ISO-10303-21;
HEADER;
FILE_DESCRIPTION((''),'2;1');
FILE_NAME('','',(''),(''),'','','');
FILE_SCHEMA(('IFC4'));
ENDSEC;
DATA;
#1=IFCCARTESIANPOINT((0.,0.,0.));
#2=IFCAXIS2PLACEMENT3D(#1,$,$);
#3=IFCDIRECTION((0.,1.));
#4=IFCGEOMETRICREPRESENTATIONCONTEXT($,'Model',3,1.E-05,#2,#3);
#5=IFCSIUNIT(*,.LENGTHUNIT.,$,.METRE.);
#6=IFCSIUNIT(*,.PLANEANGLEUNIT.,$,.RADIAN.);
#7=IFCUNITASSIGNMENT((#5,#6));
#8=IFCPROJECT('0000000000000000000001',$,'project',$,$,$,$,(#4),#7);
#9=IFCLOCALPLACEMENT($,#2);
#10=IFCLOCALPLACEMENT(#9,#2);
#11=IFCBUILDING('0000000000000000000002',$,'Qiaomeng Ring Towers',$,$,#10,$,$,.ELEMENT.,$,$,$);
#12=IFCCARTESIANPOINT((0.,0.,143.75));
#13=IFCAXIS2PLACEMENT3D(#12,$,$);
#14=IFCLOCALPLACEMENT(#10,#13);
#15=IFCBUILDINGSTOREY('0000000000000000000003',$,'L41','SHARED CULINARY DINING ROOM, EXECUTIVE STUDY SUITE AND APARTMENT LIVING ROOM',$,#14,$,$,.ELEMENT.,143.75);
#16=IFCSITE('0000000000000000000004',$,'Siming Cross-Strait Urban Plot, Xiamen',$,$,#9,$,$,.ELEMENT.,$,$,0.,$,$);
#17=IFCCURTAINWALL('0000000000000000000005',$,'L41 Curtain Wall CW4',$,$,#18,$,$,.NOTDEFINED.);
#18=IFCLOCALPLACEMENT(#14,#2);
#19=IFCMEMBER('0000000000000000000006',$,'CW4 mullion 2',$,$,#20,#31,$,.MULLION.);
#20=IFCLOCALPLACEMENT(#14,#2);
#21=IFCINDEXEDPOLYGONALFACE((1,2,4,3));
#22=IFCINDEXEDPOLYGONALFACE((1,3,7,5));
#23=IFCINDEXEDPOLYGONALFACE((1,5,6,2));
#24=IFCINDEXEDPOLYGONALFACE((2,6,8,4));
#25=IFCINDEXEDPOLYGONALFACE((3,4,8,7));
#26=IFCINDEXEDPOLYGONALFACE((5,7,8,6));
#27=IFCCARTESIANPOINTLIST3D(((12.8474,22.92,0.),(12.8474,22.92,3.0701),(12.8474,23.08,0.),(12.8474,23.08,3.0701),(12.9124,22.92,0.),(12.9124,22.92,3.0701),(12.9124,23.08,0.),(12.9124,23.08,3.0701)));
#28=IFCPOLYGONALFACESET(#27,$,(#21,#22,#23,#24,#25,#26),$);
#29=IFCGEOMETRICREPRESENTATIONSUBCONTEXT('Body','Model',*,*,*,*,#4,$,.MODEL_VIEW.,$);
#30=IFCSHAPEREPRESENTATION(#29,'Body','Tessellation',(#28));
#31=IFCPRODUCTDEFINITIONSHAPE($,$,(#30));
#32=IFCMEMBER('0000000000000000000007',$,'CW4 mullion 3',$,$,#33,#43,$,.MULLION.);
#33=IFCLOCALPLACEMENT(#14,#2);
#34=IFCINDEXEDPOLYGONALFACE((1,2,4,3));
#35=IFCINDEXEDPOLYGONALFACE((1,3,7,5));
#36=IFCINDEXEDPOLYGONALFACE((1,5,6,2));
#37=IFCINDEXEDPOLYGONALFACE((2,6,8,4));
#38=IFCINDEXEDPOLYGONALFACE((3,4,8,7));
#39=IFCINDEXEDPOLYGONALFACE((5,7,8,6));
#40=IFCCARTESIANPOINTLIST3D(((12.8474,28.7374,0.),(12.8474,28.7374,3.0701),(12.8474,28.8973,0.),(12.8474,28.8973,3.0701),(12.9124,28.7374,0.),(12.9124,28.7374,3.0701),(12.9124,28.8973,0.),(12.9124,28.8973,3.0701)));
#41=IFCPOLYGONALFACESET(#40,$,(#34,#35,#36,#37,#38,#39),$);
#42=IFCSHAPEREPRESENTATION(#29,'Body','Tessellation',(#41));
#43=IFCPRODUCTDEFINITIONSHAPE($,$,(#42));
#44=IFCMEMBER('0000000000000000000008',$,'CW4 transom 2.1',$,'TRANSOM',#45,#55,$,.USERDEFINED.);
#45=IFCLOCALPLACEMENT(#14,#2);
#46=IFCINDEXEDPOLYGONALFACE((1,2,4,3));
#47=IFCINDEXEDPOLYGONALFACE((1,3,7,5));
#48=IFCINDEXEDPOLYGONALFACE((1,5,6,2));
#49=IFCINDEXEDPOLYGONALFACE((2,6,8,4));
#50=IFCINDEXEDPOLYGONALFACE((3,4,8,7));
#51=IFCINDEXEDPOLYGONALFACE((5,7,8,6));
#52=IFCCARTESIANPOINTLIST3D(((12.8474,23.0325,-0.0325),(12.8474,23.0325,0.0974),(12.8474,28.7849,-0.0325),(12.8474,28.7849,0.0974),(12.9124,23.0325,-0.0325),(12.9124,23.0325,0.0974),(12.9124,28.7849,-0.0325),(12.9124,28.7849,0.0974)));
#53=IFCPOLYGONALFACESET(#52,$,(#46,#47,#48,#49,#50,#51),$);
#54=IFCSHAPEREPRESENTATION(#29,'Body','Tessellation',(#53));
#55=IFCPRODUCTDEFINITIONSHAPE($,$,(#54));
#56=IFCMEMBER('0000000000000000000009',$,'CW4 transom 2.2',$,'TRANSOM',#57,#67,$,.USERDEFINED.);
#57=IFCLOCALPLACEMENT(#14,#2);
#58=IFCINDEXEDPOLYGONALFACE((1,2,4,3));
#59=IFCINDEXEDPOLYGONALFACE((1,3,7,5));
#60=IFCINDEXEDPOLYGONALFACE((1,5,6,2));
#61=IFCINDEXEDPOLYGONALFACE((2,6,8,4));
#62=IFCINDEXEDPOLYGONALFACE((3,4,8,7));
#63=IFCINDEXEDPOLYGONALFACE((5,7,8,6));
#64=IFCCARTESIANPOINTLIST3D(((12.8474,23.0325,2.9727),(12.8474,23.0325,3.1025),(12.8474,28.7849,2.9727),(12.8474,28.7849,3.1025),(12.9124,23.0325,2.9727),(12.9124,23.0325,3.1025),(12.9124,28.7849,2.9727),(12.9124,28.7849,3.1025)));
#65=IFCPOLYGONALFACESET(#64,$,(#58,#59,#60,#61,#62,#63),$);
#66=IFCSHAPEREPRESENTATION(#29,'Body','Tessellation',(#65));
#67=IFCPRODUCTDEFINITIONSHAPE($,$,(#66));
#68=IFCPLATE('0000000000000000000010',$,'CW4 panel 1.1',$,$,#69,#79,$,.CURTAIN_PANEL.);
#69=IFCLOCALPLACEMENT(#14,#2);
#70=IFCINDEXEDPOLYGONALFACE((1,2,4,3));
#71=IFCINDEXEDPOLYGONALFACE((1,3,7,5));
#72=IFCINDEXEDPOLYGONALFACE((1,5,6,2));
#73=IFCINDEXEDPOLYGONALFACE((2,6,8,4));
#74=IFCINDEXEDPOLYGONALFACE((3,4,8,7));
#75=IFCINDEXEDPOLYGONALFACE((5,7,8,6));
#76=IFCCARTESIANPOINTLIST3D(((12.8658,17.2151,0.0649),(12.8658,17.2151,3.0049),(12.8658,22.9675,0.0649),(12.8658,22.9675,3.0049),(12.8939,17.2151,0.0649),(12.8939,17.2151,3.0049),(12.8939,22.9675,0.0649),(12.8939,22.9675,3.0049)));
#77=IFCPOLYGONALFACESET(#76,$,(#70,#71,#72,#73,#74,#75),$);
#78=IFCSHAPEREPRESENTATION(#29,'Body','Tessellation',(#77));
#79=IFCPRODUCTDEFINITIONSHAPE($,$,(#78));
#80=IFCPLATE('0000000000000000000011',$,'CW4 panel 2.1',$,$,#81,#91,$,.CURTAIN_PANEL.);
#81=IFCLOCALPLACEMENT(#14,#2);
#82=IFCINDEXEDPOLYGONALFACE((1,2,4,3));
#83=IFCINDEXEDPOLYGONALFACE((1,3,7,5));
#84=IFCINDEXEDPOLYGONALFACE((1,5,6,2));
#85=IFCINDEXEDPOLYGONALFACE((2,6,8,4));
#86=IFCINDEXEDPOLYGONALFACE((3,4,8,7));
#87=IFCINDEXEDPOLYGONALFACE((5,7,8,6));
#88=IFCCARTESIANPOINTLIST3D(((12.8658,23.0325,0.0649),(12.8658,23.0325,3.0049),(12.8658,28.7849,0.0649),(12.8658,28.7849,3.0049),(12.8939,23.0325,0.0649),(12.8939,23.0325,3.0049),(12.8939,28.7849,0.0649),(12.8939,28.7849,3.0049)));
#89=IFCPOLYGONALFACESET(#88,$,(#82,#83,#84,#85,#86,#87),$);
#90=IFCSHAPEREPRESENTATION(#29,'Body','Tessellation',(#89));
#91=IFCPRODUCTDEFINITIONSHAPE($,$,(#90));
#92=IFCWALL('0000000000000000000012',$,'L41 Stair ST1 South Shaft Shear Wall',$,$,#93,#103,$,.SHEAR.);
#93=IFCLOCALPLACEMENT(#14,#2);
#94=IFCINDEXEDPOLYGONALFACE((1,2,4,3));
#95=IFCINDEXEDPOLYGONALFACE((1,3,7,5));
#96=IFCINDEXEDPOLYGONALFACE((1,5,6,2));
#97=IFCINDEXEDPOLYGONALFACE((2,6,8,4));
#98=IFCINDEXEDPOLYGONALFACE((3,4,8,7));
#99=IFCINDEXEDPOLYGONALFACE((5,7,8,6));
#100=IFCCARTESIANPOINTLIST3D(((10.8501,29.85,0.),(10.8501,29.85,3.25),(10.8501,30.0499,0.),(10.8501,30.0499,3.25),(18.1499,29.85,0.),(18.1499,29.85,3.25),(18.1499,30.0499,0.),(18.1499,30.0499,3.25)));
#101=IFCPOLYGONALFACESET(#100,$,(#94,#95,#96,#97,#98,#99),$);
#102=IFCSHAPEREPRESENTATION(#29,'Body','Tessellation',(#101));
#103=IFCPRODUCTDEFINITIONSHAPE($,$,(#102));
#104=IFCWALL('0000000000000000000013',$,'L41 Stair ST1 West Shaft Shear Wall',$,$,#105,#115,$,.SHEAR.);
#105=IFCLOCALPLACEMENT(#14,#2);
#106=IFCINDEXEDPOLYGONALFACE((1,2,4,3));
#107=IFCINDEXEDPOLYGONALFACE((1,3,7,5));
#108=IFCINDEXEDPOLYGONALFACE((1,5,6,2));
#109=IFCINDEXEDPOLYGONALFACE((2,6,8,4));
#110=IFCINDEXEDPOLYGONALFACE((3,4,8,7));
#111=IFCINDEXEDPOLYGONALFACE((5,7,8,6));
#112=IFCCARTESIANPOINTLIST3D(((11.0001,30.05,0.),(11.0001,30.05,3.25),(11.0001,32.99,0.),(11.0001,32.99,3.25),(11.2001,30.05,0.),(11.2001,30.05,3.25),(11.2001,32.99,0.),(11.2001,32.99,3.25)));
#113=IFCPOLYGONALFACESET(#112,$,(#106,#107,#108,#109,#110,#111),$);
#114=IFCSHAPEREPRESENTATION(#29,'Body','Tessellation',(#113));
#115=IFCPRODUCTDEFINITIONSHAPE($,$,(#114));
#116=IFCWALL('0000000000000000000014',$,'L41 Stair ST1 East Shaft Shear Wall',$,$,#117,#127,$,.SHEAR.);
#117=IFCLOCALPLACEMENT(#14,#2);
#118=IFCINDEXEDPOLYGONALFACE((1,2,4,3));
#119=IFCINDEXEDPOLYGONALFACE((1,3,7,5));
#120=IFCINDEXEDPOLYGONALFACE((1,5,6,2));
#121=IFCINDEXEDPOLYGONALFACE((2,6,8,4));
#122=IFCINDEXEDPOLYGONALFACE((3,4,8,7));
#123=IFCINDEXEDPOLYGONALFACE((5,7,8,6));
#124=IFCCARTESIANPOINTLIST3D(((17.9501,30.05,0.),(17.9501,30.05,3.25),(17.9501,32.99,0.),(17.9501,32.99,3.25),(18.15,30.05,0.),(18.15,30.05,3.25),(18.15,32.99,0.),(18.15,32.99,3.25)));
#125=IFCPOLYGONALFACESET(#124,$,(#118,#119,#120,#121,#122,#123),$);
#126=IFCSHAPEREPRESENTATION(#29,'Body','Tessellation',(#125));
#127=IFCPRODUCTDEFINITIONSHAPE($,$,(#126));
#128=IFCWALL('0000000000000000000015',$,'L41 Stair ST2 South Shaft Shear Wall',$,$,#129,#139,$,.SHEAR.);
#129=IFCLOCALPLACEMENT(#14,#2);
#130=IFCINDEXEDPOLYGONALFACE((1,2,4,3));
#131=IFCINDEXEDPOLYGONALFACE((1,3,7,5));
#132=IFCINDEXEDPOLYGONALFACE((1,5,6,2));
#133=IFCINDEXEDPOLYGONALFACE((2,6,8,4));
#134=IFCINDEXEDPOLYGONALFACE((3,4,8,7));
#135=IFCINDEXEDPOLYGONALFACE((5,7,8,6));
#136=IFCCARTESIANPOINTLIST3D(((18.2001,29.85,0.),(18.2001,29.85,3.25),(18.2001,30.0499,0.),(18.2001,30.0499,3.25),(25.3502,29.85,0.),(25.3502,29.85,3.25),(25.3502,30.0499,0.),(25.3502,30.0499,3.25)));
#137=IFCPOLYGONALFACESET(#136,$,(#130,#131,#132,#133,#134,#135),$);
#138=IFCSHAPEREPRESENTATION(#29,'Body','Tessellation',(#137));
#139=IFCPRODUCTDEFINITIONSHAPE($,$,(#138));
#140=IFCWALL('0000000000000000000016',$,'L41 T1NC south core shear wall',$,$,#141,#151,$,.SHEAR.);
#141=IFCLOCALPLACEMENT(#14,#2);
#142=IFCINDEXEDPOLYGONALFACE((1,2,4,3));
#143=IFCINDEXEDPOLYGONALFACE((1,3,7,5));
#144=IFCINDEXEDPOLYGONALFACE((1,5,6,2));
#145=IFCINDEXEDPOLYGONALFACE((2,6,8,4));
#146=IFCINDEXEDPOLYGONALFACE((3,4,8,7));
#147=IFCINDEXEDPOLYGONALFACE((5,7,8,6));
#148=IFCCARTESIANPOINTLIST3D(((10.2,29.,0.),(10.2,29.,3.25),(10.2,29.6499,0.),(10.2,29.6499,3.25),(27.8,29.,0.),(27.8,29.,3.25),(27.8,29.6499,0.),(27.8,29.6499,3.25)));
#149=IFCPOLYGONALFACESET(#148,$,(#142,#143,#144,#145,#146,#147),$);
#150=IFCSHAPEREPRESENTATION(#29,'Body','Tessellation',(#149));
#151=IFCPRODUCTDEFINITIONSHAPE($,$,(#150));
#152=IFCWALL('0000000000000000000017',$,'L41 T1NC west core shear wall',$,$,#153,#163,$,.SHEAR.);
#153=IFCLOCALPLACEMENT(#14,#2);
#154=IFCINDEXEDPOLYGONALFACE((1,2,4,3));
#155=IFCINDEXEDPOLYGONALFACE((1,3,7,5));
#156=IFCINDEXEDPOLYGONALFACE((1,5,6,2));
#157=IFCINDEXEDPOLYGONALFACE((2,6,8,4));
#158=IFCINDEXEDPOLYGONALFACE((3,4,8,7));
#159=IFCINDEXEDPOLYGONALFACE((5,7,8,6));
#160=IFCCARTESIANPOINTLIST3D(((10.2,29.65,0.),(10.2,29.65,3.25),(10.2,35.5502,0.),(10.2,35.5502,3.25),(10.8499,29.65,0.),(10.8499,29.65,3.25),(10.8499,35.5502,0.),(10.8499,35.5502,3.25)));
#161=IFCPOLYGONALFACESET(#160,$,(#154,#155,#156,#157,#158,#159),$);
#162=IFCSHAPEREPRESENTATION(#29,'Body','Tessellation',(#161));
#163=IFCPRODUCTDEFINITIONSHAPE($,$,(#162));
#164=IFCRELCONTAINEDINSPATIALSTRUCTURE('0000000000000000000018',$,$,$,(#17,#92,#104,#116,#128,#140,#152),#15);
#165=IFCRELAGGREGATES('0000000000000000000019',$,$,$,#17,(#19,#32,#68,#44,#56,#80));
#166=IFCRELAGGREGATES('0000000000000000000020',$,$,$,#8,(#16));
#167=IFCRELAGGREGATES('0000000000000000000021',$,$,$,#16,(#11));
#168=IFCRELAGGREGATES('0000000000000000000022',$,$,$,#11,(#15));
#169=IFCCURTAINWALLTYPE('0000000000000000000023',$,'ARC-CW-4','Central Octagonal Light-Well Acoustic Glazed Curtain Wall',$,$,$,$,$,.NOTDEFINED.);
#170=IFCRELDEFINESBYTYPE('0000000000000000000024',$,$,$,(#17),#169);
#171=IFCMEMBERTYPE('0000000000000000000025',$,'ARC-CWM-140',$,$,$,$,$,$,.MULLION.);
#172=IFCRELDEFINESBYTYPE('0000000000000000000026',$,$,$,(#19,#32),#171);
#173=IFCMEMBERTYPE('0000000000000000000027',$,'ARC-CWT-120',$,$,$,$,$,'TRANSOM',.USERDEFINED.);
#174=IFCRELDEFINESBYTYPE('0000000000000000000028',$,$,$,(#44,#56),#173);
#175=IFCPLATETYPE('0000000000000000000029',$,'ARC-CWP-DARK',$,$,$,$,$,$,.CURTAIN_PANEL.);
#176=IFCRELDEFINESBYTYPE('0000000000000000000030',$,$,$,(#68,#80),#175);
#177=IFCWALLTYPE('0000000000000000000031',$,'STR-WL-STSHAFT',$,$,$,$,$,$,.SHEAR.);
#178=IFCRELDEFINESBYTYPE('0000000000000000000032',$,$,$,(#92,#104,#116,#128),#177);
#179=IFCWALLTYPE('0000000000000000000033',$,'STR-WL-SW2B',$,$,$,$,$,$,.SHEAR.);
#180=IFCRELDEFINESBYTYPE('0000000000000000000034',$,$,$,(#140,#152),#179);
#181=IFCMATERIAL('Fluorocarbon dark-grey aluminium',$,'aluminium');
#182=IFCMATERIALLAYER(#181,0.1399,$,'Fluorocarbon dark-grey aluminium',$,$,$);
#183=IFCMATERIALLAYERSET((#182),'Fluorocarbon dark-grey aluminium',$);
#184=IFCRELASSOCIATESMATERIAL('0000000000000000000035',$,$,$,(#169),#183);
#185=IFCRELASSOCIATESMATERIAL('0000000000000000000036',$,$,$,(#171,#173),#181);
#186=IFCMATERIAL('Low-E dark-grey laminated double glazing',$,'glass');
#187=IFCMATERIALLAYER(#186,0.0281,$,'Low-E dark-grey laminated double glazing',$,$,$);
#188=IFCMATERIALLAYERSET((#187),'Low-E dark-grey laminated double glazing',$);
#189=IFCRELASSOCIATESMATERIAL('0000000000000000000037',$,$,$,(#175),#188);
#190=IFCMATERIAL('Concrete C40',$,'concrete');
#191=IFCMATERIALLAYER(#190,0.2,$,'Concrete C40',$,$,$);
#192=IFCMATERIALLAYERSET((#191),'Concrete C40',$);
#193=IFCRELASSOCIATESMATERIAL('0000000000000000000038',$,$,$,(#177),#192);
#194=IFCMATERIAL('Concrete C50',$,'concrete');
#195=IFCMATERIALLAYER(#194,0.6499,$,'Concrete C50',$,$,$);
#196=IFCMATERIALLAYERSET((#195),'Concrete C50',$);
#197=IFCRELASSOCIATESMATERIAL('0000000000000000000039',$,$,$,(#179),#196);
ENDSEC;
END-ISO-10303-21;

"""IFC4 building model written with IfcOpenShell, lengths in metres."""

from ifc_helpers import new_model, si_unit, direction, frame, frame_2d, origin, origin_2d, place, context, subcontext, project, spatial, rectangle, extrude, source, transform, mapped, material, layer, layer_set, material_profile, profile_set, type_object, element, aggregate, save


model = new_model("IFC4")

# Units and contexts
model_context = context("Model", 3, precision=1e-05, world=origin(), true_north=direction((0.0, 1.0)))
body_context = subcontext(model_context, "Body", "Model", "MODEL_VIEW")
ifc_project = project(units=[si_unit("LENGTHUNIT", "METRE"), si_unit("PLANEANGLEUNIT", "RADIAN")], contexts=[model_context])

# Site, building, storey
site_placement = place(None, origin())
site = spatial("IfcSite", under=ifc_project, at=site_placement, Name="Siming Cross-Strait Urban Plot, Xiamen", CompositionType="ELEMENT", RefElevation=0.0)
building_placement = place(site_placement, origin())
building = spatial("IfcBuilding", under=site, at=building_placement, Name="Qiaomeng Ring Towers", CompositionType="ELEMENT")
storey_placement = place(building_placement, frame((0.0, 0.0, 143.75)))
storey = spatial("IfcBuildingStorey", under=building, at=storey_placement, Name="L41", Description="SHARED CULINARY DINING ROOM, EXECUTIVE STUDY SUITE AND APARTMENT LIVING ROOM", CompositionType="ELEMENT", Elevation=143.75)

# Curtain wall, members, plates
ifc_material_1 = material(Name="Fluorocarbon dark-grey aluminium", Category="aluminium")
ifc_layer_1 = layer(ifc_material_1, 0.1399, Name="Fluorocarbon dark-grey aluminium")
ifc_layer_set_1 = layer_set([ifc_layer_1], Name="Fluorocarbon dark-grey aluminium")
curtain_wall_type = type_object("IfcCurtainWallType", Name="ARC-CW-4", Description="Central Octagonal Light-Well Acoustic Glazed Curtain Wall", PredefinedType="NOTDEFINED", material=ifc_layer_set_1)
curtain_wall_placement = place(storey_placement, origin())
curtain_wall = element("IfcCurtainWall", 1, at=curtain_wall_placement, inside=storey, type_object=curtain_wall_type, Name="L41 Curtain Wall CW4", PredefinedType="NOTDEFINED")
ifc_material_profile_1 = material_profile(ifc_material_1, rectangle(XDim=0.0649, YDim=0.1599, at=origin_2d()), Name="ALU MULL 65x160")
ifc_profile_set_1 = profile_set([ifc_material_profile_1], Name="Fluorocarbon dark-grey aluminium")
member_type_1 = type_object("IfcMemberType", Name="ARC-CWM-140", PredefinedType="MULLION", material=ifc_profile_set_1)
shared_shape_1 = source(origin(), body_context, "Body", "SweptSolid", [
    extrude(rectangle(XDim=0.0649, YDim=0.1599, at=origin_2d()), origin(), (0.0, 0.0, 1.0), 3.0701),
])
member_1_placement = place(storey_placement, frame((12.8799, 23.0, 0.0), z_axis=(0.0, 0.0, 1.0), x_axis=(-1.0, 0.0, 0.0)))
member_1 = element("IfcMember", 2, at=member_1_placement, type_object=member_type_1, Name="CW4 mullion 2", PredefinedType="MULLION", context=body_context, shape_type="MappedRepresentation", body=[
    mapped(shared_shape_1, transform((0.0, 0.0, 0.0), x_axis=(1.0, 0.0, 0.0), y_axis=(0.0, 1.0, 0.0), z_axis=(0.0, 0.0, 1.0), scale=1.0)),
])
member_2_placement = place(storey_placement, frame((12.8799, 28.8174, 0.0), z_axis=(0.0, 0.0, 1.0), x_axis=(-1.0, 0.0, 0.0)))
member_2 = element("IfcMember", 3, at=member_2_placement, type_object=member_type_1, Name="CW4 mullion 3", PredefinedType="MULLION", context=body_context, shape_type="MappedRepresentation", body=[
    mapped(shared_shape_1, transform((0.0, 0.0, 0.0), x_axis=(1.0, 0.0, 0.0), y_axis=(0.0, 1.0, 0.0), z_axis=(0.0, 0.0, 1.0), scale=1.0)),
])
ifc_material_profile_2 = material_profile(ifc_material_1, rectangle(XDim=0.0649, YDim=0.1299, at=origin_2d()), Name="ALU TRAN 65x130")
ifc_profile_set_2 = profile_set([ifc_material_profile_2], Name="Fluorocarbon dark-grey aluminium")
member_type_2 = type_object("IfcMemberType", Name="ARC-CWT-120", ElementType="TRANSOM", PredefinedType="USERDEFINED", material=ifc_profile_set_2)
shared_shape_2 = source(origin(), body_context, "Body", "SweptSolid", [
    extrude(rectangle(XDim=0.0649, YDim=0.1299, at=origin_2d()), origin(), (0.0, 0.0, 1.0), 5.7524),
])
member_3_placement = place(storey_placement, frame((12.8799, 23.0325, 0.0325), z_axis=(0.0, 1.0, 0.0), x_axis=(-1.0, 0.0, 0.0)))
member_3 = element("IfcMember", 4, at=member_3_placement, type_object=member_type_2, Name="CW4 transom 2.1", ObjectType="TRANSOM", PredefinedType="USERDEFINED", context=body_context, shape_type="MappedRepresentation", body=[
    mapped(shared_shape_2, transform((0.0, 0.0, 0.0), x_axis=(1.0, 0.0, 0.0), y_axis=(0.0, 1.0, 0.0), z_axis=(0.0, 0.0, 1.0), scale=1.0)),
])
member_4_placement = place(storey_placement, frame((12.8799, 23.0325, 3.0376), z_axis=(0.0, 1.0, 0.0), x_axis=(-1.0, 0.0, 0.0)))
member_4 = element("IfcMember", 5, at=member_4_placement, type_object=member_type_2, Name="CW4 transom 2.2", ObjectType="TRANSOM", PredefinedType="USERDEFINED", context=body_context, shape_type="MappedRepresentation", body=[
    mapped(shared_shape_2, transform((0.0, 0.0, 0.0), x_axis=(1.0, 0.0, 0.0), y_axis=(0.0, 1.0, 0.0), z_axis=(0.0, 0.0, 1.0), scale=1.0)),
])
ifc_material_2 = material(Name="Low-E dark-grey laminated double glazing", Category="glass")
ifc_layer_2 = layer(ifc_material_2, 0.0281, Name="Low-E dark-grey laminated double glazing")
ifc_layer_set_2 = layer_set([ifc_layer_2], Name="Low-E dark-grey laminated double glazing")
plate_type = type_object("IfcPlateType", Name="ARC-CWP-DARK", PredefinedType="CURTAIN_PANEL", material=ifc_layer_set_2)
shared_shape_3 = source(origin(), body_context, "Body", "SweptSolid", [
    extrude(rectangle(XDim=5.7524, YDim=0.0281, at=origin_2d()), origin(), (0.0, 0.0, 1.0), 2.9399),
])
plate_1_placement = place(storey_placement, frame((12.8799, 20.0913, 0.0649), z_axis=(0.0, 0.0, 1.0), x_axis=(0.0, 1.0, 0.0)))
plate_1 = element("IfcPlate", 6, at=plate_1_placement, type_object=plate_type, Name="CW4 panel 1.1", PredefinedType="CURTAIN_PANEL", context=body_context, shape_type="MappedRepresentation", body=[
    mapped(shared_shape_3, transform((0.0, 0.0, 0.0), x_axis=(1.0, 0.0, 0.0), y_axis=(0.0, 1.0, 0.0), z_axis=(0.0, 0.0, 1.0), scale=1.0)),
])
plate_2_placement = place(storey_placement, frame((12.8799, 25.9087, 0.0649), z_axis=(0.0, 0.0, 1.0), x_axis=(0.0, 1.0, 0.0)))
plate_2 = element("IfcPlate", 7, at=plate_2_placement, type_object=plate_type, Name="CW4 panel 2.1", PredefinedType="CURTAIN_PANEL", context=body_context, shape_type="MappedRepresentation", body=[
    mapped(shared_shape_3, transform((0.0, 0.0, 0.0), x_axis=(1.0, 0.0, 0.0), y_axis=(0.0, 1.0, 0.0), z_axis=(0.0, 0.0, 1.0), scale=1.0)),
])
aggregate(curtain_wall, [member_1, member_2, plate_1, member_3, member_4, plate_2])

# Walls
ifc_material_3 = material(Name="Concrete C40", Category="concrete")
ifc_layer_3 = layer(ifc_material_3, 0.2, Name="Concrete C40")
ifc_layer_set_3 = layer_set([ifc_layer_3], Name="Concrete C40")
wall_type_1 = type_object("IfcWallType", Name="STR-WL-STSHAFT", PredefinedType="SHEAR", material=ifc_layer_set_3)
wall_1_placement = place(storey_placement, frame((10.8501, 29.95, 0.0), z_axis=(0.0, 0.0, 1.0), x_axis=(1.0, 0.0, 0.0)))
element("IfcWall", 8, at=wall_1_placement, inside=storey, type_object=wall_type_1, Name="L41 Stair ST1 South Shaft Shear Wall", PredefinedType="SHEAR", context=body_context, shape_type="SweptSolid", body=[
    extrude(rectangle(XDim=7.2998, YDim=0.2, at=frame_2d((3.6499, 0.0))), origin(), (0.0, 0.0, 1.0), 3.25),
])
for number, where, z_axis, x_axis, name in (
    (9, (11.1001, 30.05, 0.0), (0.0, 0.0, 1.0), (0.0, 1.0, 0.0), "L41 Stair ST1 West Shaft Shear Wall"),
    (10, (18.05, 30.05, 0.0), (0.0, 0.0, 1.0), (0.0, 1.0, 0.0), "L41 Stair ST1 East Shaft Shear Wall"),
):
    element("IfcWall", number, at=place(storey_placement, frame(where, z_axis=z_axis, x_axis=x_axis)), inside=storey, type_object=wall_type_1, Name=name, PredefinedType="SHEAR", context=body_context, shape_type="SweptSolid", body=[
        extrude(rectangle(XDim=2.9399, YDim=0.2, at=frame_2d((1.47, 0.0))), origin(), (0.0, 0.0, 1.0), 3.25),
    ])
wall_2_placement = place(storey_placement, frame((18.2, 29.95, 0.0), z_axis=(0.0, 0.0, 1.0), x_axis=(1.0, 0.0, 0.0)))
element("IfcWall", 11, at=wall_2_placement, inside=storey, type_object=wall_type_1, Name="L41 Stair ST2 South Shaft Shear Wall", PredefinedType="SHEAR", context=body_context, shape_type="SweptSolid", body=[
    extrude(rectangle(XDim=7.1501, YDim=0.2, at=frame_2d((3.5752, 0.0))), origin(), (0.0, 0.0, 1.0), 3.25),
])
ifc_material_4 = material(Name="Concrete C50", Category="concrete")
ifc_layer_4 = layer(ifc_material_4, 0.6499, Name="Concrete C50")
ifc_layer_set_4 = layer_set([ifc_layer_4], Name="Concrete C50")
wall_type_2 = type_object("IfcWallType", Name="STR-WL-SW2B", PredefinedType="SHEAR", material=ifc_layer_set_4)
wall_3_placement = place(storey_placement, frame((10.2, 29.325, 0.0), z_axis=(0.0, 0.0, 1.0), x_axis=(1.0, 0.0, 0.0)))
element("IfcWall", 12, at=wall_3_placement, inside=storey, type_object=wall_type_2, Name="L41 T1NC south core shear wall", PredefinedType="SHEAR", context=body_context, shape_type="SweptSolid", body=[
    extrude(rectangle(XDim=17.6001, YDim=0.6499, at=frame_2d((8.8, 0.0))), origin(), (0.0, 0.0, 1.0), 3.25),
])
wall_4_placement = place(storey_placement, frame((10.5249, 29.6499, 0.0), z_axis=(0.0, 0.0, 1.0), x_axis=(0.0, 1.0, 0.0)))
element("IfcWall", 13, at=wall_4_placement, inside=storey, type_object=wall_type_2, Name="L41 T1NC west core shear wall", PredefinedType="SHEAR", context=body_context, shape_type="SweptSolid", body=[
    extrude(rectangle(XDim=5.9001, YDim=0.6499, at=frame_2d((2.9502, 0.0))), origin(), (0.0, 0.0, 1.0), 3.25),
])

save(model, "model.ifc")
